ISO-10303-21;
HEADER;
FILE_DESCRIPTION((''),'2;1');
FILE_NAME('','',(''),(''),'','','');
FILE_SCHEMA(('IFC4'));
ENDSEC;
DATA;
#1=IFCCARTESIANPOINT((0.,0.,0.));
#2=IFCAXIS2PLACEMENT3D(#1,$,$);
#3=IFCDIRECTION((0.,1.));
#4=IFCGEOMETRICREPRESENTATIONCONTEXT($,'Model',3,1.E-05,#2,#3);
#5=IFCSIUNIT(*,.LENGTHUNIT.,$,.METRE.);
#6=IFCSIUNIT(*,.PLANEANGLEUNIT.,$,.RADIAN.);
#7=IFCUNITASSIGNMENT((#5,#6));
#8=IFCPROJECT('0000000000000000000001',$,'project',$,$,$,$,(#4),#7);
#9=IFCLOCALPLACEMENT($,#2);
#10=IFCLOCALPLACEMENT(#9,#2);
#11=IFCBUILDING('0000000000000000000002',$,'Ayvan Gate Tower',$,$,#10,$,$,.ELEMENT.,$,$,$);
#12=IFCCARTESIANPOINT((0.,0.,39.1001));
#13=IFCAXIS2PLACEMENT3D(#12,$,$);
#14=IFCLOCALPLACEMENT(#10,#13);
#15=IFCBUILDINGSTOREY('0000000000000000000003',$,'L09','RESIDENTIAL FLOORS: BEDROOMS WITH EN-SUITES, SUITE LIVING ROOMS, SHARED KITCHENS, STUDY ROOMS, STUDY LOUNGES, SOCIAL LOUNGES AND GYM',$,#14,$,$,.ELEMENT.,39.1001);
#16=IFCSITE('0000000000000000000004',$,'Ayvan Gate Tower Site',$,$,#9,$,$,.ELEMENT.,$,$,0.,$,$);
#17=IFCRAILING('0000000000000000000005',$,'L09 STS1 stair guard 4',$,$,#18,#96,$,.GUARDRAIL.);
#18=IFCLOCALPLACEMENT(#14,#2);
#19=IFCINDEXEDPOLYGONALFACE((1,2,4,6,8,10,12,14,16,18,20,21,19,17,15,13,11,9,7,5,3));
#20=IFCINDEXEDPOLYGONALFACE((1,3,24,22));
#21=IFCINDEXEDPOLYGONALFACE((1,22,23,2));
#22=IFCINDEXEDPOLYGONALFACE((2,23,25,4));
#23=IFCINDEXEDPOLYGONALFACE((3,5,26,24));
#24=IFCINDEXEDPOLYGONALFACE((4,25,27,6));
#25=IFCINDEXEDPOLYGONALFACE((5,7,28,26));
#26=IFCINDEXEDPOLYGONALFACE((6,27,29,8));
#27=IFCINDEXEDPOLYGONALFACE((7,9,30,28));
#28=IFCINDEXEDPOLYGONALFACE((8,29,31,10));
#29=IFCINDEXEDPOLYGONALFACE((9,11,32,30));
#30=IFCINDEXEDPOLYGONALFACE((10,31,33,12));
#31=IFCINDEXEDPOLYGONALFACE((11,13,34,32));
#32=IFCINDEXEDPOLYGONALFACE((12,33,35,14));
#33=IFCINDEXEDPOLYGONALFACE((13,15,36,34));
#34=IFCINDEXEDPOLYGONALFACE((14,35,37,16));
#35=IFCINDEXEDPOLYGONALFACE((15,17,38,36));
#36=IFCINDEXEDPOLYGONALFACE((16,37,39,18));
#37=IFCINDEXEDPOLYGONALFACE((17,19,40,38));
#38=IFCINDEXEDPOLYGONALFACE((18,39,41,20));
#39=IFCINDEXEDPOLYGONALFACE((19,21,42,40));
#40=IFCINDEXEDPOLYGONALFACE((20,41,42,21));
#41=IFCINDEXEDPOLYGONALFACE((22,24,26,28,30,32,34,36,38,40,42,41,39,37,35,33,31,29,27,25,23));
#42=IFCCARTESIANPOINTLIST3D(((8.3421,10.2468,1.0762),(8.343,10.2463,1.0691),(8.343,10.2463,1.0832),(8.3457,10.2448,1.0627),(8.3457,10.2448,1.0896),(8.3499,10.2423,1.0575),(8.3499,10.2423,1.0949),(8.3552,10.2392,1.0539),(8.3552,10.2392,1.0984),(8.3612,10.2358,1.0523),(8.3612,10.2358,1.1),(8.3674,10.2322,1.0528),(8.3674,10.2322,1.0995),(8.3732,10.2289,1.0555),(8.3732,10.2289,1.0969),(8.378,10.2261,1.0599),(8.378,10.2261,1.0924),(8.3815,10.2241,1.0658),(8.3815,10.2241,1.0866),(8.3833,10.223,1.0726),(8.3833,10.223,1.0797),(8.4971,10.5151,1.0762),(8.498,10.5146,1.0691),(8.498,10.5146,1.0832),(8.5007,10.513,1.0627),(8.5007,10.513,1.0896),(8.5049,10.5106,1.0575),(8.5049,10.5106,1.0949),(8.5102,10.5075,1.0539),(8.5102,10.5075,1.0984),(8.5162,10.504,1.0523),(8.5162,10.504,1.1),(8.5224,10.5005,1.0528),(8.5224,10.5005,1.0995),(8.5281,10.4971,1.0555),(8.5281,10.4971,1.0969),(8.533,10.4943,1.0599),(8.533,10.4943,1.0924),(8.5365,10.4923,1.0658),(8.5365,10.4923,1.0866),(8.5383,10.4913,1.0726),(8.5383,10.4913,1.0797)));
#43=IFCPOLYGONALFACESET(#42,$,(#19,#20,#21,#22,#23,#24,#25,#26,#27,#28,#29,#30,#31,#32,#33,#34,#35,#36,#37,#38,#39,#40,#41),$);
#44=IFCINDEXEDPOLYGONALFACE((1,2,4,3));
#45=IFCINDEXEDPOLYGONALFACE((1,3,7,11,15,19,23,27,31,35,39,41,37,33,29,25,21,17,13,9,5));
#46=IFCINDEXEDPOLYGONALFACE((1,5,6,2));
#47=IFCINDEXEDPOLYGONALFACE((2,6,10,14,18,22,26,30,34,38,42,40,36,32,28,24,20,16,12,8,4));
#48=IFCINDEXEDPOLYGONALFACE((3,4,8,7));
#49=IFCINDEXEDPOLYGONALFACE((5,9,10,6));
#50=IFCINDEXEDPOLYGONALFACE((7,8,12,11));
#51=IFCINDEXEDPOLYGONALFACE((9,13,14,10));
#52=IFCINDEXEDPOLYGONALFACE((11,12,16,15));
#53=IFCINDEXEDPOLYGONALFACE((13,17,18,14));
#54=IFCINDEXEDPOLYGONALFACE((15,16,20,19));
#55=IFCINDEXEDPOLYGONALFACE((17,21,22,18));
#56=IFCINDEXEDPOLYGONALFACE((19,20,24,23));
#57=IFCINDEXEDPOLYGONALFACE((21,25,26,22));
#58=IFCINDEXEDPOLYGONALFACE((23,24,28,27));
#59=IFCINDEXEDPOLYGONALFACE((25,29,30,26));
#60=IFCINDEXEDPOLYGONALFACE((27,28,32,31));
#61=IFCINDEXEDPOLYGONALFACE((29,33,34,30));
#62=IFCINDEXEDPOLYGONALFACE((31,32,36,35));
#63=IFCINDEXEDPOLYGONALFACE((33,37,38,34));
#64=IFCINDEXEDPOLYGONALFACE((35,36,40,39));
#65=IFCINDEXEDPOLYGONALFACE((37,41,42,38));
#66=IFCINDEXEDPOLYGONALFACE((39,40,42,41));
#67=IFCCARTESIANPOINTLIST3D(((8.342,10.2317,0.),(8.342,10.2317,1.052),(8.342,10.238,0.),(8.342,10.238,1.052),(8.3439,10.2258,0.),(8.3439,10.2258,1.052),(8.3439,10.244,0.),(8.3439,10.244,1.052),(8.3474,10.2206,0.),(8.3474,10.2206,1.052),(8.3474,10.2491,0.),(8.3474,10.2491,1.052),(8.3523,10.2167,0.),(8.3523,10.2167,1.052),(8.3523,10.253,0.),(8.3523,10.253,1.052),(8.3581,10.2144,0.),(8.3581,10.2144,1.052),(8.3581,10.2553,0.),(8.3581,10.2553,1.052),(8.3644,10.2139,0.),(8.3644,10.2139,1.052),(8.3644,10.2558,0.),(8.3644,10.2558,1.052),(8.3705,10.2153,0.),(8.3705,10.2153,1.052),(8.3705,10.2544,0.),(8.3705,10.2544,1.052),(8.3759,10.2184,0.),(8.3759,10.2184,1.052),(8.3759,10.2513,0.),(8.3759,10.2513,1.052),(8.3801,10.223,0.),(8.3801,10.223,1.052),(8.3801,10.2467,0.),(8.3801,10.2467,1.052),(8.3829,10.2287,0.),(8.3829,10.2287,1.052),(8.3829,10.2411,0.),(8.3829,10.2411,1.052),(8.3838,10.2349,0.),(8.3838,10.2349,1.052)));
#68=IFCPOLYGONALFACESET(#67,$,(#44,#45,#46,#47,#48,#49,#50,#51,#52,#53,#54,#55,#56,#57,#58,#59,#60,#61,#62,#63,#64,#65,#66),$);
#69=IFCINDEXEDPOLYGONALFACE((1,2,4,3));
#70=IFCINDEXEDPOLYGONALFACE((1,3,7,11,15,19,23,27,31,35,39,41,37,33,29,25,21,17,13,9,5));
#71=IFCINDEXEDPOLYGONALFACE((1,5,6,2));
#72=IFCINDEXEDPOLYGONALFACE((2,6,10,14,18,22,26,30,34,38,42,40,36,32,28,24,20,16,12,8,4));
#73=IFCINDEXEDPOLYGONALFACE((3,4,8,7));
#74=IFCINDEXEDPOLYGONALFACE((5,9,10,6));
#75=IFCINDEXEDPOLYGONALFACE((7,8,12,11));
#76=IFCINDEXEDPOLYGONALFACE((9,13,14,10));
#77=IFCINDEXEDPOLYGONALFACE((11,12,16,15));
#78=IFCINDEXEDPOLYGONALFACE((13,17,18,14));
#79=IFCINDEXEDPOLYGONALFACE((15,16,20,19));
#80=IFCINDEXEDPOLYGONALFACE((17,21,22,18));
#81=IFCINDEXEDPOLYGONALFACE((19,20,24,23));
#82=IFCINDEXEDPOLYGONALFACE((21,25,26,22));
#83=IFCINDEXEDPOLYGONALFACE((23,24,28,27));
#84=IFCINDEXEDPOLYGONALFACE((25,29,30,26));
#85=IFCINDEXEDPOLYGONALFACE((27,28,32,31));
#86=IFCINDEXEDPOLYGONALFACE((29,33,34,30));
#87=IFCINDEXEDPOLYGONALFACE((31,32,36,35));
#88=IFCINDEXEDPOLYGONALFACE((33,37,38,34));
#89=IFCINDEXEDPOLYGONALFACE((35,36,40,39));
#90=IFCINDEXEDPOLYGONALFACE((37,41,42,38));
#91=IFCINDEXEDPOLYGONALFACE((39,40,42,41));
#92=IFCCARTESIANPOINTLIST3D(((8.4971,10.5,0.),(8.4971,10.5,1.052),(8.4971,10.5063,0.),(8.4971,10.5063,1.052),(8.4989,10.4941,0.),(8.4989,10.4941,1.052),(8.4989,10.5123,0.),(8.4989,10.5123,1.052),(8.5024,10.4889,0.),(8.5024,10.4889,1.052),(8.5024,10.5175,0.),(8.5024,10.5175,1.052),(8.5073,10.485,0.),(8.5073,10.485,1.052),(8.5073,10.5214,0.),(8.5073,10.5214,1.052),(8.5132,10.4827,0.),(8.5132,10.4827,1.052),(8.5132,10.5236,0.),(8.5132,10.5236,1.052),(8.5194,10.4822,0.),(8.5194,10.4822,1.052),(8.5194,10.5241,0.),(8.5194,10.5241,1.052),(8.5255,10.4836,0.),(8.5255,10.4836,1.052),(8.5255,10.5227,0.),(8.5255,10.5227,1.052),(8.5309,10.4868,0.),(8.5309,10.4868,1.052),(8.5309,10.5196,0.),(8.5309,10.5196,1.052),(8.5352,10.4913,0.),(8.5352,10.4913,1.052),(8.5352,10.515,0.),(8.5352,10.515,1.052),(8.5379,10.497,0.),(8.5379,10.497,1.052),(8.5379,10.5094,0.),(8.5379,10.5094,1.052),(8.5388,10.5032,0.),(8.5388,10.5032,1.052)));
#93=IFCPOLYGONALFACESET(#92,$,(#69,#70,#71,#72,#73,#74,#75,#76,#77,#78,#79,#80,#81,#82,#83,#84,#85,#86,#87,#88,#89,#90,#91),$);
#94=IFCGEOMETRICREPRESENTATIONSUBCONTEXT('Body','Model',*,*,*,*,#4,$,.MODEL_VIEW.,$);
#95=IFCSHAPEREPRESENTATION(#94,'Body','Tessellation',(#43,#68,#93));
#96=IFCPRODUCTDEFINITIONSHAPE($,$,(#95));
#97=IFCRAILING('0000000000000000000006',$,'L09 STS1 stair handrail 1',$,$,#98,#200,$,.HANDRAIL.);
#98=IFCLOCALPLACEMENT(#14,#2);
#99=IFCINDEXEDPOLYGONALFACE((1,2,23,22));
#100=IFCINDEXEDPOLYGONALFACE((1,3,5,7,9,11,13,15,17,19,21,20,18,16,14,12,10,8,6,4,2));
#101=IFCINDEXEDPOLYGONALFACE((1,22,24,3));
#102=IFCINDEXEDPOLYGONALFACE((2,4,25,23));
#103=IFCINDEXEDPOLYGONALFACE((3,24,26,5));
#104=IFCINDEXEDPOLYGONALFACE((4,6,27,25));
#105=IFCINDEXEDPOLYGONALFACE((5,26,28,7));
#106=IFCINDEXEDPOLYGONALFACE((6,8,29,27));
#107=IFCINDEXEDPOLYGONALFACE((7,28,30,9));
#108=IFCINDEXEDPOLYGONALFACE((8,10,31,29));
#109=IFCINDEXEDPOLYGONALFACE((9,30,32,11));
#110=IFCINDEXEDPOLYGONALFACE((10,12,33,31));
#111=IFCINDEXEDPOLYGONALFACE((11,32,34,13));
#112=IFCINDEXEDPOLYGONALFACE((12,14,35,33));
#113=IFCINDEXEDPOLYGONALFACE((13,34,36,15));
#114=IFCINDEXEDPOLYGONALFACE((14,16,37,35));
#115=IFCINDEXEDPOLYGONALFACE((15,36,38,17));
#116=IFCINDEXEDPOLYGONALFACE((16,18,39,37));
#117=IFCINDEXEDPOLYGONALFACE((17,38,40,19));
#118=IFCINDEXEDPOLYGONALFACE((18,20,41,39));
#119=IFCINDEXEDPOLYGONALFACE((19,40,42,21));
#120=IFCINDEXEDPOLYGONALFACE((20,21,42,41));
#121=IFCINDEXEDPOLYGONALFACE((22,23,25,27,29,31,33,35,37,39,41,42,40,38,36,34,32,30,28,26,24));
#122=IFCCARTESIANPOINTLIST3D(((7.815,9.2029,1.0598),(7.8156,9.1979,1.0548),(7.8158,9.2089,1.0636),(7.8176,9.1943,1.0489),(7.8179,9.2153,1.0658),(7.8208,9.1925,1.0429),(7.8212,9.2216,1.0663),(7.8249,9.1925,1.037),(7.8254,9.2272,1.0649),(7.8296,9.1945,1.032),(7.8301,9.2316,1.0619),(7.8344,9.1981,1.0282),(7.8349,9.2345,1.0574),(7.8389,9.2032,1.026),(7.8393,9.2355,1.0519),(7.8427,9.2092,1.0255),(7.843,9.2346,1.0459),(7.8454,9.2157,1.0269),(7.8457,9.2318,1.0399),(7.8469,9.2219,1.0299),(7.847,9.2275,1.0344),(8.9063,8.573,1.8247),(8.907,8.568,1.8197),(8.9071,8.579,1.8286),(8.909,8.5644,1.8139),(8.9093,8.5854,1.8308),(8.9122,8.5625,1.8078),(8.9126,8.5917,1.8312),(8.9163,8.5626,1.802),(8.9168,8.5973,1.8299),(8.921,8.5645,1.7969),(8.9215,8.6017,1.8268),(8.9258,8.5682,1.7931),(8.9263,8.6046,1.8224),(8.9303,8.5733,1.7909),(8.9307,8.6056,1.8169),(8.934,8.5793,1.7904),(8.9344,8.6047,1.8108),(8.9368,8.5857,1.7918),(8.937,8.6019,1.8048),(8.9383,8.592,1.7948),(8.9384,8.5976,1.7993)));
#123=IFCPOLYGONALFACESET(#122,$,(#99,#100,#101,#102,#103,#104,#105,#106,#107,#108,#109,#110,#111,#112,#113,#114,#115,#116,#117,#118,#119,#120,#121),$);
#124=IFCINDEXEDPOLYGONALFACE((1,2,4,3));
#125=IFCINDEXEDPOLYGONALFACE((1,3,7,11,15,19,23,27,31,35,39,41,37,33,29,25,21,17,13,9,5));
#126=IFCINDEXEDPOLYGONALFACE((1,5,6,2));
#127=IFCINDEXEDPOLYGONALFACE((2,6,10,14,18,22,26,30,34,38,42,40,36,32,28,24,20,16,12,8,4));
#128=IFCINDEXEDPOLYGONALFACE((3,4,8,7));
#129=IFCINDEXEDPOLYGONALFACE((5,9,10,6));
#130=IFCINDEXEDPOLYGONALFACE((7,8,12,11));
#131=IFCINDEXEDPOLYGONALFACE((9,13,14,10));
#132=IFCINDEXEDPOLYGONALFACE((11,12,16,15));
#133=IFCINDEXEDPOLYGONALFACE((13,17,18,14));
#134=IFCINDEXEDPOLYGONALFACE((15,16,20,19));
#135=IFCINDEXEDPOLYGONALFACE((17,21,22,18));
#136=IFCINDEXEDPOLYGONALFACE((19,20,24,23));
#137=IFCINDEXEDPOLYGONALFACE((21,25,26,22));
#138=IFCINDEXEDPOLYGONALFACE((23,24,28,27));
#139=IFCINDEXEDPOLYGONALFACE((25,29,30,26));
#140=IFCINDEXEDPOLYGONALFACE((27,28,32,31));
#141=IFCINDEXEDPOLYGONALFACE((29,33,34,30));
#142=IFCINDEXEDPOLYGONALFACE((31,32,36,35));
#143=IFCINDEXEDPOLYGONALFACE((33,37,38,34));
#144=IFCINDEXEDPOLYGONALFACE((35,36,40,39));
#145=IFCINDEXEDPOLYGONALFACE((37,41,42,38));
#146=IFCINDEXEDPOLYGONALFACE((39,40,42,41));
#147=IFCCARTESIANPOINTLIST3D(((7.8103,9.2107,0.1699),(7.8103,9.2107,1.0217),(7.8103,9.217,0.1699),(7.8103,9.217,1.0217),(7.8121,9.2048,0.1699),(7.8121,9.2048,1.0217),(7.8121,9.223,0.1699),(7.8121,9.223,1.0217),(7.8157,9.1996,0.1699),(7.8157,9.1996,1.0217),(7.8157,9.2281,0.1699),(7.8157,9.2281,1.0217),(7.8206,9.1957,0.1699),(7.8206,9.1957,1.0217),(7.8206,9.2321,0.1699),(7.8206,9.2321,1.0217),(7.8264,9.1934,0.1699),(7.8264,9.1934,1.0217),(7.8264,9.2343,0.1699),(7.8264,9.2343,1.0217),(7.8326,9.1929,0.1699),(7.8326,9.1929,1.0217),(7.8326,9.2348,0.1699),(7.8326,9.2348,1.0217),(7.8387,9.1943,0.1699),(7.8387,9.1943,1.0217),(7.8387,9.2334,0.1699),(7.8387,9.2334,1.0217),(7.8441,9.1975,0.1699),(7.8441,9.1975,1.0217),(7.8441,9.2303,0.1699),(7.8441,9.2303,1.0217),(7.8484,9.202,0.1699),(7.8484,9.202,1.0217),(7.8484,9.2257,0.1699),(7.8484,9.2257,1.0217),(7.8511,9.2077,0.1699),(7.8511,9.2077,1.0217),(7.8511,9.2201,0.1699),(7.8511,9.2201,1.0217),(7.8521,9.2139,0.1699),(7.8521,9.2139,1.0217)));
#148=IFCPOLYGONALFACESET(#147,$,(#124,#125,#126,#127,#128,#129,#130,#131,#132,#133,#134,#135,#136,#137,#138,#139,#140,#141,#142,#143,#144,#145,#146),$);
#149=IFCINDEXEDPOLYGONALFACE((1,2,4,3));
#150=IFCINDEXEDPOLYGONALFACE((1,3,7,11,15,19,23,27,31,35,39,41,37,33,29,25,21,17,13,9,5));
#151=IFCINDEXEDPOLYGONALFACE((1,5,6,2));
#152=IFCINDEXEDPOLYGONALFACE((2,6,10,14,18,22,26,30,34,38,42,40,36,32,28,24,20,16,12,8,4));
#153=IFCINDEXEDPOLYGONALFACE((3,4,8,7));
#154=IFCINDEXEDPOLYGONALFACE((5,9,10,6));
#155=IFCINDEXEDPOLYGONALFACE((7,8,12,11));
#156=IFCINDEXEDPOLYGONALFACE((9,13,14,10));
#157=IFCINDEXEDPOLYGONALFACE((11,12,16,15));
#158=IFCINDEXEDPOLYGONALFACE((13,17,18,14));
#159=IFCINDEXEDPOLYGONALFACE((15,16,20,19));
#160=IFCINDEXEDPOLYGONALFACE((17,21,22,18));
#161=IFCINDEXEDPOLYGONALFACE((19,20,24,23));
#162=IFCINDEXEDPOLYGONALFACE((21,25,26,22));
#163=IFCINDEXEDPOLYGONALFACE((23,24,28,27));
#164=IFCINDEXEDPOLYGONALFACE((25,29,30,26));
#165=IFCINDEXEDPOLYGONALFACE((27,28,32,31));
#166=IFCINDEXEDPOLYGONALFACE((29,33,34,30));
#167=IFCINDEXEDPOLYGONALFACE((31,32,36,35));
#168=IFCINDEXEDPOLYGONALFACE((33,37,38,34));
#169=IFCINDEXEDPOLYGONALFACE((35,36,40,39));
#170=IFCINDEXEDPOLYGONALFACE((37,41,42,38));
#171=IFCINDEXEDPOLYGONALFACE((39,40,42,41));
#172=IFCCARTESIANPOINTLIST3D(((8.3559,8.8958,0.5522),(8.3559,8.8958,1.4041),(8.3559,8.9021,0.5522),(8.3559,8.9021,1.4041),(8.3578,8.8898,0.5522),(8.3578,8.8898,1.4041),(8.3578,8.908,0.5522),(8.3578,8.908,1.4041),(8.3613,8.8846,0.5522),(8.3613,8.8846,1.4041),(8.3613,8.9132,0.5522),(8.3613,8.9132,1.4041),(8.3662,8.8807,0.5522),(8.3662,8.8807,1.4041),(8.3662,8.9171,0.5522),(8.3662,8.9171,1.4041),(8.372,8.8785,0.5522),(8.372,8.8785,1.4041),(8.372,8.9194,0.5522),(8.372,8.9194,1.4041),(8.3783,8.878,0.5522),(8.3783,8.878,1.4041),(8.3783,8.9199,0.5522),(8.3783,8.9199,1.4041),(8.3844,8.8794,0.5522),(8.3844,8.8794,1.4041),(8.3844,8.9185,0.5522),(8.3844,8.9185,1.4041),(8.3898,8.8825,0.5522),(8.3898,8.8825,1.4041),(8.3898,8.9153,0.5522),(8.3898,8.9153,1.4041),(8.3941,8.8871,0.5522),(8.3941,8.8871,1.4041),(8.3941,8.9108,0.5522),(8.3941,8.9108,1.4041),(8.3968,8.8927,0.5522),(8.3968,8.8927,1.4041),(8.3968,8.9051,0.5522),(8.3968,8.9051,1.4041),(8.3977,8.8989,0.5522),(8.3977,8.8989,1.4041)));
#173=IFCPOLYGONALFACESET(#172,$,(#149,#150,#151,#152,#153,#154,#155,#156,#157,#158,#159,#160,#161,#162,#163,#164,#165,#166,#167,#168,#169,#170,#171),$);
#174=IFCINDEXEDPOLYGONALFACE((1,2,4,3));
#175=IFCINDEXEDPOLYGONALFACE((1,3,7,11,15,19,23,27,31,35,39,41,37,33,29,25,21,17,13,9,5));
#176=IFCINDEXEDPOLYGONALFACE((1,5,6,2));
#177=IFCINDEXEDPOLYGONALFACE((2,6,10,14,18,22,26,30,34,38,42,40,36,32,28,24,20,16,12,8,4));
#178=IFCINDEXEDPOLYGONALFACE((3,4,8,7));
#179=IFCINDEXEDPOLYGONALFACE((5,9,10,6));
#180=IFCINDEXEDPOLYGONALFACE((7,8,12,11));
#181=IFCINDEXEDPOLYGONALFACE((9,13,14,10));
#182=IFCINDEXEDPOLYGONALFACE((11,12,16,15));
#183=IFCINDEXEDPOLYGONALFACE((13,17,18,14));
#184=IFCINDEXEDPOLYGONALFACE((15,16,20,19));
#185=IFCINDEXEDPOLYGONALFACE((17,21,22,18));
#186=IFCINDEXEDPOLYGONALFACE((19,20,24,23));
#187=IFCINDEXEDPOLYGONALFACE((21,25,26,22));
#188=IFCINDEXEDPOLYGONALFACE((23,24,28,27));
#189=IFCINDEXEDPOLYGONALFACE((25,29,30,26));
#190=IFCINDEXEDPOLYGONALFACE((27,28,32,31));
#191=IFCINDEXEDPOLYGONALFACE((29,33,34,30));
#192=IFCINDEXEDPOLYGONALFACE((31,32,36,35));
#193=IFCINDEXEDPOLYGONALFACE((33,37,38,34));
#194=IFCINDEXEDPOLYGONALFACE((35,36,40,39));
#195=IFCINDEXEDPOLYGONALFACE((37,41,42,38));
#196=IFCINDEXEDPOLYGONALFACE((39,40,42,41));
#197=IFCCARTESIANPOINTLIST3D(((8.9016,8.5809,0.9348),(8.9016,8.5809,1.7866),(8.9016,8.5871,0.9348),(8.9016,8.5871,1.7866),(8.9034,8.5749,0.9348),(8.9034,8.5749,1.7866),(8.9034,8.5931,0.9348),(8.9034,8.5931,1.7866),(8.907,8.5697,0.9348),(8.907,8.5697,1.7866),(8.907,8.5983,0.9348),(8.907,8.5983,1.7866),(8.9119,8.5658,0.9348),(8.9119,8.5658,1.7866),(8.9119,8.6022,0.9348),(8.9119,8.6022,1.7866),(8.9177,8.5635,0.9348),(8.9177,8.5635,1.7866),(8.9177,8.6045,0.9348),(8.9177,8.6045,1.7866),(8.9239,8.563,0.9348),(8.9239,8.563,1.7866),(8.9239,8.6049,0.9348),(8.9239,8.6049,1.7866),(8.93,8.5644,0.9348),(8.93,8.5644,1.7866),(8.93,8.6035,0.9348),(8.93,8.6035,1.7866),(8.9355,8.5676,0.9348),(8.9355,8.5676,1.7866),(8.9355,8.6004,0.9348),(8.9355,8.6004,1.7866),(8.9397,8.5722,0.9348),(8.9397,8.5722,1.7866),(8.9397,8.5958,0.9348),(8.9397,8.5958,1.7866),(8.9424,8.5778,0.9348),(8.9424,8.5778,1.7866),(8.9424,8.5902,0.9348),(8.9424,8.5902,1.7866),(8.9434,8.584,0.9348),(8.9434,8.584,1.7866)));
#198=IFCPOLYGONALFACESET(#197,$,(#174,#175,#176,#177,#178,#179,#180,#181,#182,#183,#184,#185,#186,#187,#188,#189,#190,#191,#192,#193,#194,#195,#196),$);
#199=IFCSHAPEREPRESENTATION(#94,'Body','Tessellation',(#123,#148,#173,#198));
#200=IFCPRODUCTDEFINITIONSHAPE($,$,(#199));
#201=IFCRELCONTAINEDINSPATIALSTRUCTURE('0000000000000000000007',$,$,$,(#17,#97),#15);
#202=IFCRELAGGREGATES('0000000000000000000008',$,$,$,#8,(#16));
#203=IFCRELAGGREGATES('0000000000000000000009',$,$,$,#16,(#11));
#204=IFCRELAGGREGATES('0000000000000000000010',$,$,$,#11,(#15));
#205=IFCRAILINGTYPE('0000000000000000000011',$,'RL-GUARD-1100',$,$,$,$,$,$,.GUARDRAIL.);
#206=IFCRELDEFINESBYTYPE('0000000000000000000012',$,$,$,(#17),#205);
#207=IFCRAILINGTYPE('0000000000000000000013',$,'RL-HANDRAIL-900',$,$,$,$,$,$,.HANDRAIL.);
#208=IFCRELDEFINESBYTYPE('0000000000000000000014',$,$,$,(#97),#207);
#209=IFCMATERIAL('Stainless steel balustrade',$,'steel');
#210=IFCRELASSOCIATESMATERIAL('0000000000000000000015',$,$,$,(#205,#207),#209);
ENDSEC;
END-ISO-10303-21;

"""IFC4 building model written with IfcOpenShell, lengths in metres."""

from ifc_helpers import new_model, si_unit, direction, frame, origin, origin_2d, place, context, subcontext, project, spatial, circle, extrude, material, type_object, element, save


model = new_model("IFC4")

# Units and contexts
model_context = context("Model", 3, precision=1e-05, world=origin(), true_north=direction((0.0, 1.0)))
body_context = subcontext(model_context, "Body", "Model", "MODEL_VIEW")
ifc_project = project(units=[si_unit("LENGTHUNIT", "METRE"), si_unit("PLANEANGLEUNIT", "RADIAN")], contexts=[model_context])

# Site, building, storey
site_placement = place(None, origin())
site = spatial("IfcSite", under=ifc_project, at=site_placement, Name="Ayvan Gate Tower Site", CompositionType="ELEMENT", RefElevation=0.0)
building_placement = place(site_placement, origin())
building = spatial("IfcBuilding", under=site, at=building_placement, Name="Ayvan Gate Tower", CompositionType="ELEMENT")
storey_placement = place(building_placement, frame((0.0, 0.0, 39.1001)))
storey = spatial("IfcBuildingStorey", under=building, at=storey_placement, Name="L09", Description="RESIDENTIAL FLOORS: BEDROOMS WITH EN-SUITES, SUITE LIVING ROOMS, SHARED KITCHENS, STUDY ROOMS, STUDY LOUNGES, SOCIAL LOUNGES AND GYM", CompositionType="ELEMENT", Elevation=39.1001)

# Railings
ifc_material_1 = material(Name="Stainless steel balustrade", Category="steel")
railing_type_1 = type_object("IfcRailingType", Name="RL-GUARD-1100", PredefinedType="GUARDRAIL", material=ifc_material_1)
railing_1_placement = place(storey_placement, frame((8.3628, 10.2349, 0.0)))
element("IfcRailing", 1, at=railing_1_placement, inside=storey, type_object=railing_type_1, Name="L09 STS1 stair guard 4", PredefinedType="GUARDRAIL", context=body_context, shape_type="SweptSolid", body=[
    extrude(circle(Radius=0.0239, at=origin_2d()), frame((0.0, 0.0, 1.0762), z_axis=(0.500291, 0.865857, 0.0), x_axis=(-0.865857, 0.500291, 0.0)), (0.0, 0.0, 1.0), 0.3098),
    extrude(circle(Radius=0.021, at=origin_2d()), origin(), (0.0, 0.0, 1.0), 1.052),
    extrude(circle(Radius=0.021, at=origin_2d()), frame((0.155, 0.2683, 0.0)), (0.0, 0.0, 1.0), 1.052),
])
railing_type_2 = type_object("IfcRailingType", Name="RL-HANDRAIL-900", PredefinedType="HANDRAIL", material=ifc_material_1)
railing_2_placement = place(storey_placement, frame((7.8311, 9.2139, 0.1699)))
element("IfcRailing", 2, at=railing_2_placement, inside=storey, type_object=railing_type_2, Name="L09 STS1 stair handrail 1", PredefinedType="HANDRAIL", context=body_context, shape_type="SweptSolid", body=[
    extrude(circle(Radius=0.0239, at=origin_2d()), frame((0.0, 0.0, 0.876), z_axis=(0.740357, -0.42732, 0.518912), x_axis=(0.49989, 0.866089, 0.0)), (0.0, 0.0, 1.0), 1.4741),
    extrude(circle(Radius=0.021, at=origin_2d()), origin(), (0.0, 0.0, 1.0), 0.8518),
    extrude(circle(Radius=0.021, at=origin_2d()), frame((0.5457, -0.3149, 0.3823)), (0.0, 0.0, 1.0), 0.8518),
    extrude(circle(Radius=0.021, at=origin_2d()), frame((1.0913, -0.6299, 0.7649)), (0.0, 0.0, 1.0), 0.8518),
])

save(model, "model.ifc")
